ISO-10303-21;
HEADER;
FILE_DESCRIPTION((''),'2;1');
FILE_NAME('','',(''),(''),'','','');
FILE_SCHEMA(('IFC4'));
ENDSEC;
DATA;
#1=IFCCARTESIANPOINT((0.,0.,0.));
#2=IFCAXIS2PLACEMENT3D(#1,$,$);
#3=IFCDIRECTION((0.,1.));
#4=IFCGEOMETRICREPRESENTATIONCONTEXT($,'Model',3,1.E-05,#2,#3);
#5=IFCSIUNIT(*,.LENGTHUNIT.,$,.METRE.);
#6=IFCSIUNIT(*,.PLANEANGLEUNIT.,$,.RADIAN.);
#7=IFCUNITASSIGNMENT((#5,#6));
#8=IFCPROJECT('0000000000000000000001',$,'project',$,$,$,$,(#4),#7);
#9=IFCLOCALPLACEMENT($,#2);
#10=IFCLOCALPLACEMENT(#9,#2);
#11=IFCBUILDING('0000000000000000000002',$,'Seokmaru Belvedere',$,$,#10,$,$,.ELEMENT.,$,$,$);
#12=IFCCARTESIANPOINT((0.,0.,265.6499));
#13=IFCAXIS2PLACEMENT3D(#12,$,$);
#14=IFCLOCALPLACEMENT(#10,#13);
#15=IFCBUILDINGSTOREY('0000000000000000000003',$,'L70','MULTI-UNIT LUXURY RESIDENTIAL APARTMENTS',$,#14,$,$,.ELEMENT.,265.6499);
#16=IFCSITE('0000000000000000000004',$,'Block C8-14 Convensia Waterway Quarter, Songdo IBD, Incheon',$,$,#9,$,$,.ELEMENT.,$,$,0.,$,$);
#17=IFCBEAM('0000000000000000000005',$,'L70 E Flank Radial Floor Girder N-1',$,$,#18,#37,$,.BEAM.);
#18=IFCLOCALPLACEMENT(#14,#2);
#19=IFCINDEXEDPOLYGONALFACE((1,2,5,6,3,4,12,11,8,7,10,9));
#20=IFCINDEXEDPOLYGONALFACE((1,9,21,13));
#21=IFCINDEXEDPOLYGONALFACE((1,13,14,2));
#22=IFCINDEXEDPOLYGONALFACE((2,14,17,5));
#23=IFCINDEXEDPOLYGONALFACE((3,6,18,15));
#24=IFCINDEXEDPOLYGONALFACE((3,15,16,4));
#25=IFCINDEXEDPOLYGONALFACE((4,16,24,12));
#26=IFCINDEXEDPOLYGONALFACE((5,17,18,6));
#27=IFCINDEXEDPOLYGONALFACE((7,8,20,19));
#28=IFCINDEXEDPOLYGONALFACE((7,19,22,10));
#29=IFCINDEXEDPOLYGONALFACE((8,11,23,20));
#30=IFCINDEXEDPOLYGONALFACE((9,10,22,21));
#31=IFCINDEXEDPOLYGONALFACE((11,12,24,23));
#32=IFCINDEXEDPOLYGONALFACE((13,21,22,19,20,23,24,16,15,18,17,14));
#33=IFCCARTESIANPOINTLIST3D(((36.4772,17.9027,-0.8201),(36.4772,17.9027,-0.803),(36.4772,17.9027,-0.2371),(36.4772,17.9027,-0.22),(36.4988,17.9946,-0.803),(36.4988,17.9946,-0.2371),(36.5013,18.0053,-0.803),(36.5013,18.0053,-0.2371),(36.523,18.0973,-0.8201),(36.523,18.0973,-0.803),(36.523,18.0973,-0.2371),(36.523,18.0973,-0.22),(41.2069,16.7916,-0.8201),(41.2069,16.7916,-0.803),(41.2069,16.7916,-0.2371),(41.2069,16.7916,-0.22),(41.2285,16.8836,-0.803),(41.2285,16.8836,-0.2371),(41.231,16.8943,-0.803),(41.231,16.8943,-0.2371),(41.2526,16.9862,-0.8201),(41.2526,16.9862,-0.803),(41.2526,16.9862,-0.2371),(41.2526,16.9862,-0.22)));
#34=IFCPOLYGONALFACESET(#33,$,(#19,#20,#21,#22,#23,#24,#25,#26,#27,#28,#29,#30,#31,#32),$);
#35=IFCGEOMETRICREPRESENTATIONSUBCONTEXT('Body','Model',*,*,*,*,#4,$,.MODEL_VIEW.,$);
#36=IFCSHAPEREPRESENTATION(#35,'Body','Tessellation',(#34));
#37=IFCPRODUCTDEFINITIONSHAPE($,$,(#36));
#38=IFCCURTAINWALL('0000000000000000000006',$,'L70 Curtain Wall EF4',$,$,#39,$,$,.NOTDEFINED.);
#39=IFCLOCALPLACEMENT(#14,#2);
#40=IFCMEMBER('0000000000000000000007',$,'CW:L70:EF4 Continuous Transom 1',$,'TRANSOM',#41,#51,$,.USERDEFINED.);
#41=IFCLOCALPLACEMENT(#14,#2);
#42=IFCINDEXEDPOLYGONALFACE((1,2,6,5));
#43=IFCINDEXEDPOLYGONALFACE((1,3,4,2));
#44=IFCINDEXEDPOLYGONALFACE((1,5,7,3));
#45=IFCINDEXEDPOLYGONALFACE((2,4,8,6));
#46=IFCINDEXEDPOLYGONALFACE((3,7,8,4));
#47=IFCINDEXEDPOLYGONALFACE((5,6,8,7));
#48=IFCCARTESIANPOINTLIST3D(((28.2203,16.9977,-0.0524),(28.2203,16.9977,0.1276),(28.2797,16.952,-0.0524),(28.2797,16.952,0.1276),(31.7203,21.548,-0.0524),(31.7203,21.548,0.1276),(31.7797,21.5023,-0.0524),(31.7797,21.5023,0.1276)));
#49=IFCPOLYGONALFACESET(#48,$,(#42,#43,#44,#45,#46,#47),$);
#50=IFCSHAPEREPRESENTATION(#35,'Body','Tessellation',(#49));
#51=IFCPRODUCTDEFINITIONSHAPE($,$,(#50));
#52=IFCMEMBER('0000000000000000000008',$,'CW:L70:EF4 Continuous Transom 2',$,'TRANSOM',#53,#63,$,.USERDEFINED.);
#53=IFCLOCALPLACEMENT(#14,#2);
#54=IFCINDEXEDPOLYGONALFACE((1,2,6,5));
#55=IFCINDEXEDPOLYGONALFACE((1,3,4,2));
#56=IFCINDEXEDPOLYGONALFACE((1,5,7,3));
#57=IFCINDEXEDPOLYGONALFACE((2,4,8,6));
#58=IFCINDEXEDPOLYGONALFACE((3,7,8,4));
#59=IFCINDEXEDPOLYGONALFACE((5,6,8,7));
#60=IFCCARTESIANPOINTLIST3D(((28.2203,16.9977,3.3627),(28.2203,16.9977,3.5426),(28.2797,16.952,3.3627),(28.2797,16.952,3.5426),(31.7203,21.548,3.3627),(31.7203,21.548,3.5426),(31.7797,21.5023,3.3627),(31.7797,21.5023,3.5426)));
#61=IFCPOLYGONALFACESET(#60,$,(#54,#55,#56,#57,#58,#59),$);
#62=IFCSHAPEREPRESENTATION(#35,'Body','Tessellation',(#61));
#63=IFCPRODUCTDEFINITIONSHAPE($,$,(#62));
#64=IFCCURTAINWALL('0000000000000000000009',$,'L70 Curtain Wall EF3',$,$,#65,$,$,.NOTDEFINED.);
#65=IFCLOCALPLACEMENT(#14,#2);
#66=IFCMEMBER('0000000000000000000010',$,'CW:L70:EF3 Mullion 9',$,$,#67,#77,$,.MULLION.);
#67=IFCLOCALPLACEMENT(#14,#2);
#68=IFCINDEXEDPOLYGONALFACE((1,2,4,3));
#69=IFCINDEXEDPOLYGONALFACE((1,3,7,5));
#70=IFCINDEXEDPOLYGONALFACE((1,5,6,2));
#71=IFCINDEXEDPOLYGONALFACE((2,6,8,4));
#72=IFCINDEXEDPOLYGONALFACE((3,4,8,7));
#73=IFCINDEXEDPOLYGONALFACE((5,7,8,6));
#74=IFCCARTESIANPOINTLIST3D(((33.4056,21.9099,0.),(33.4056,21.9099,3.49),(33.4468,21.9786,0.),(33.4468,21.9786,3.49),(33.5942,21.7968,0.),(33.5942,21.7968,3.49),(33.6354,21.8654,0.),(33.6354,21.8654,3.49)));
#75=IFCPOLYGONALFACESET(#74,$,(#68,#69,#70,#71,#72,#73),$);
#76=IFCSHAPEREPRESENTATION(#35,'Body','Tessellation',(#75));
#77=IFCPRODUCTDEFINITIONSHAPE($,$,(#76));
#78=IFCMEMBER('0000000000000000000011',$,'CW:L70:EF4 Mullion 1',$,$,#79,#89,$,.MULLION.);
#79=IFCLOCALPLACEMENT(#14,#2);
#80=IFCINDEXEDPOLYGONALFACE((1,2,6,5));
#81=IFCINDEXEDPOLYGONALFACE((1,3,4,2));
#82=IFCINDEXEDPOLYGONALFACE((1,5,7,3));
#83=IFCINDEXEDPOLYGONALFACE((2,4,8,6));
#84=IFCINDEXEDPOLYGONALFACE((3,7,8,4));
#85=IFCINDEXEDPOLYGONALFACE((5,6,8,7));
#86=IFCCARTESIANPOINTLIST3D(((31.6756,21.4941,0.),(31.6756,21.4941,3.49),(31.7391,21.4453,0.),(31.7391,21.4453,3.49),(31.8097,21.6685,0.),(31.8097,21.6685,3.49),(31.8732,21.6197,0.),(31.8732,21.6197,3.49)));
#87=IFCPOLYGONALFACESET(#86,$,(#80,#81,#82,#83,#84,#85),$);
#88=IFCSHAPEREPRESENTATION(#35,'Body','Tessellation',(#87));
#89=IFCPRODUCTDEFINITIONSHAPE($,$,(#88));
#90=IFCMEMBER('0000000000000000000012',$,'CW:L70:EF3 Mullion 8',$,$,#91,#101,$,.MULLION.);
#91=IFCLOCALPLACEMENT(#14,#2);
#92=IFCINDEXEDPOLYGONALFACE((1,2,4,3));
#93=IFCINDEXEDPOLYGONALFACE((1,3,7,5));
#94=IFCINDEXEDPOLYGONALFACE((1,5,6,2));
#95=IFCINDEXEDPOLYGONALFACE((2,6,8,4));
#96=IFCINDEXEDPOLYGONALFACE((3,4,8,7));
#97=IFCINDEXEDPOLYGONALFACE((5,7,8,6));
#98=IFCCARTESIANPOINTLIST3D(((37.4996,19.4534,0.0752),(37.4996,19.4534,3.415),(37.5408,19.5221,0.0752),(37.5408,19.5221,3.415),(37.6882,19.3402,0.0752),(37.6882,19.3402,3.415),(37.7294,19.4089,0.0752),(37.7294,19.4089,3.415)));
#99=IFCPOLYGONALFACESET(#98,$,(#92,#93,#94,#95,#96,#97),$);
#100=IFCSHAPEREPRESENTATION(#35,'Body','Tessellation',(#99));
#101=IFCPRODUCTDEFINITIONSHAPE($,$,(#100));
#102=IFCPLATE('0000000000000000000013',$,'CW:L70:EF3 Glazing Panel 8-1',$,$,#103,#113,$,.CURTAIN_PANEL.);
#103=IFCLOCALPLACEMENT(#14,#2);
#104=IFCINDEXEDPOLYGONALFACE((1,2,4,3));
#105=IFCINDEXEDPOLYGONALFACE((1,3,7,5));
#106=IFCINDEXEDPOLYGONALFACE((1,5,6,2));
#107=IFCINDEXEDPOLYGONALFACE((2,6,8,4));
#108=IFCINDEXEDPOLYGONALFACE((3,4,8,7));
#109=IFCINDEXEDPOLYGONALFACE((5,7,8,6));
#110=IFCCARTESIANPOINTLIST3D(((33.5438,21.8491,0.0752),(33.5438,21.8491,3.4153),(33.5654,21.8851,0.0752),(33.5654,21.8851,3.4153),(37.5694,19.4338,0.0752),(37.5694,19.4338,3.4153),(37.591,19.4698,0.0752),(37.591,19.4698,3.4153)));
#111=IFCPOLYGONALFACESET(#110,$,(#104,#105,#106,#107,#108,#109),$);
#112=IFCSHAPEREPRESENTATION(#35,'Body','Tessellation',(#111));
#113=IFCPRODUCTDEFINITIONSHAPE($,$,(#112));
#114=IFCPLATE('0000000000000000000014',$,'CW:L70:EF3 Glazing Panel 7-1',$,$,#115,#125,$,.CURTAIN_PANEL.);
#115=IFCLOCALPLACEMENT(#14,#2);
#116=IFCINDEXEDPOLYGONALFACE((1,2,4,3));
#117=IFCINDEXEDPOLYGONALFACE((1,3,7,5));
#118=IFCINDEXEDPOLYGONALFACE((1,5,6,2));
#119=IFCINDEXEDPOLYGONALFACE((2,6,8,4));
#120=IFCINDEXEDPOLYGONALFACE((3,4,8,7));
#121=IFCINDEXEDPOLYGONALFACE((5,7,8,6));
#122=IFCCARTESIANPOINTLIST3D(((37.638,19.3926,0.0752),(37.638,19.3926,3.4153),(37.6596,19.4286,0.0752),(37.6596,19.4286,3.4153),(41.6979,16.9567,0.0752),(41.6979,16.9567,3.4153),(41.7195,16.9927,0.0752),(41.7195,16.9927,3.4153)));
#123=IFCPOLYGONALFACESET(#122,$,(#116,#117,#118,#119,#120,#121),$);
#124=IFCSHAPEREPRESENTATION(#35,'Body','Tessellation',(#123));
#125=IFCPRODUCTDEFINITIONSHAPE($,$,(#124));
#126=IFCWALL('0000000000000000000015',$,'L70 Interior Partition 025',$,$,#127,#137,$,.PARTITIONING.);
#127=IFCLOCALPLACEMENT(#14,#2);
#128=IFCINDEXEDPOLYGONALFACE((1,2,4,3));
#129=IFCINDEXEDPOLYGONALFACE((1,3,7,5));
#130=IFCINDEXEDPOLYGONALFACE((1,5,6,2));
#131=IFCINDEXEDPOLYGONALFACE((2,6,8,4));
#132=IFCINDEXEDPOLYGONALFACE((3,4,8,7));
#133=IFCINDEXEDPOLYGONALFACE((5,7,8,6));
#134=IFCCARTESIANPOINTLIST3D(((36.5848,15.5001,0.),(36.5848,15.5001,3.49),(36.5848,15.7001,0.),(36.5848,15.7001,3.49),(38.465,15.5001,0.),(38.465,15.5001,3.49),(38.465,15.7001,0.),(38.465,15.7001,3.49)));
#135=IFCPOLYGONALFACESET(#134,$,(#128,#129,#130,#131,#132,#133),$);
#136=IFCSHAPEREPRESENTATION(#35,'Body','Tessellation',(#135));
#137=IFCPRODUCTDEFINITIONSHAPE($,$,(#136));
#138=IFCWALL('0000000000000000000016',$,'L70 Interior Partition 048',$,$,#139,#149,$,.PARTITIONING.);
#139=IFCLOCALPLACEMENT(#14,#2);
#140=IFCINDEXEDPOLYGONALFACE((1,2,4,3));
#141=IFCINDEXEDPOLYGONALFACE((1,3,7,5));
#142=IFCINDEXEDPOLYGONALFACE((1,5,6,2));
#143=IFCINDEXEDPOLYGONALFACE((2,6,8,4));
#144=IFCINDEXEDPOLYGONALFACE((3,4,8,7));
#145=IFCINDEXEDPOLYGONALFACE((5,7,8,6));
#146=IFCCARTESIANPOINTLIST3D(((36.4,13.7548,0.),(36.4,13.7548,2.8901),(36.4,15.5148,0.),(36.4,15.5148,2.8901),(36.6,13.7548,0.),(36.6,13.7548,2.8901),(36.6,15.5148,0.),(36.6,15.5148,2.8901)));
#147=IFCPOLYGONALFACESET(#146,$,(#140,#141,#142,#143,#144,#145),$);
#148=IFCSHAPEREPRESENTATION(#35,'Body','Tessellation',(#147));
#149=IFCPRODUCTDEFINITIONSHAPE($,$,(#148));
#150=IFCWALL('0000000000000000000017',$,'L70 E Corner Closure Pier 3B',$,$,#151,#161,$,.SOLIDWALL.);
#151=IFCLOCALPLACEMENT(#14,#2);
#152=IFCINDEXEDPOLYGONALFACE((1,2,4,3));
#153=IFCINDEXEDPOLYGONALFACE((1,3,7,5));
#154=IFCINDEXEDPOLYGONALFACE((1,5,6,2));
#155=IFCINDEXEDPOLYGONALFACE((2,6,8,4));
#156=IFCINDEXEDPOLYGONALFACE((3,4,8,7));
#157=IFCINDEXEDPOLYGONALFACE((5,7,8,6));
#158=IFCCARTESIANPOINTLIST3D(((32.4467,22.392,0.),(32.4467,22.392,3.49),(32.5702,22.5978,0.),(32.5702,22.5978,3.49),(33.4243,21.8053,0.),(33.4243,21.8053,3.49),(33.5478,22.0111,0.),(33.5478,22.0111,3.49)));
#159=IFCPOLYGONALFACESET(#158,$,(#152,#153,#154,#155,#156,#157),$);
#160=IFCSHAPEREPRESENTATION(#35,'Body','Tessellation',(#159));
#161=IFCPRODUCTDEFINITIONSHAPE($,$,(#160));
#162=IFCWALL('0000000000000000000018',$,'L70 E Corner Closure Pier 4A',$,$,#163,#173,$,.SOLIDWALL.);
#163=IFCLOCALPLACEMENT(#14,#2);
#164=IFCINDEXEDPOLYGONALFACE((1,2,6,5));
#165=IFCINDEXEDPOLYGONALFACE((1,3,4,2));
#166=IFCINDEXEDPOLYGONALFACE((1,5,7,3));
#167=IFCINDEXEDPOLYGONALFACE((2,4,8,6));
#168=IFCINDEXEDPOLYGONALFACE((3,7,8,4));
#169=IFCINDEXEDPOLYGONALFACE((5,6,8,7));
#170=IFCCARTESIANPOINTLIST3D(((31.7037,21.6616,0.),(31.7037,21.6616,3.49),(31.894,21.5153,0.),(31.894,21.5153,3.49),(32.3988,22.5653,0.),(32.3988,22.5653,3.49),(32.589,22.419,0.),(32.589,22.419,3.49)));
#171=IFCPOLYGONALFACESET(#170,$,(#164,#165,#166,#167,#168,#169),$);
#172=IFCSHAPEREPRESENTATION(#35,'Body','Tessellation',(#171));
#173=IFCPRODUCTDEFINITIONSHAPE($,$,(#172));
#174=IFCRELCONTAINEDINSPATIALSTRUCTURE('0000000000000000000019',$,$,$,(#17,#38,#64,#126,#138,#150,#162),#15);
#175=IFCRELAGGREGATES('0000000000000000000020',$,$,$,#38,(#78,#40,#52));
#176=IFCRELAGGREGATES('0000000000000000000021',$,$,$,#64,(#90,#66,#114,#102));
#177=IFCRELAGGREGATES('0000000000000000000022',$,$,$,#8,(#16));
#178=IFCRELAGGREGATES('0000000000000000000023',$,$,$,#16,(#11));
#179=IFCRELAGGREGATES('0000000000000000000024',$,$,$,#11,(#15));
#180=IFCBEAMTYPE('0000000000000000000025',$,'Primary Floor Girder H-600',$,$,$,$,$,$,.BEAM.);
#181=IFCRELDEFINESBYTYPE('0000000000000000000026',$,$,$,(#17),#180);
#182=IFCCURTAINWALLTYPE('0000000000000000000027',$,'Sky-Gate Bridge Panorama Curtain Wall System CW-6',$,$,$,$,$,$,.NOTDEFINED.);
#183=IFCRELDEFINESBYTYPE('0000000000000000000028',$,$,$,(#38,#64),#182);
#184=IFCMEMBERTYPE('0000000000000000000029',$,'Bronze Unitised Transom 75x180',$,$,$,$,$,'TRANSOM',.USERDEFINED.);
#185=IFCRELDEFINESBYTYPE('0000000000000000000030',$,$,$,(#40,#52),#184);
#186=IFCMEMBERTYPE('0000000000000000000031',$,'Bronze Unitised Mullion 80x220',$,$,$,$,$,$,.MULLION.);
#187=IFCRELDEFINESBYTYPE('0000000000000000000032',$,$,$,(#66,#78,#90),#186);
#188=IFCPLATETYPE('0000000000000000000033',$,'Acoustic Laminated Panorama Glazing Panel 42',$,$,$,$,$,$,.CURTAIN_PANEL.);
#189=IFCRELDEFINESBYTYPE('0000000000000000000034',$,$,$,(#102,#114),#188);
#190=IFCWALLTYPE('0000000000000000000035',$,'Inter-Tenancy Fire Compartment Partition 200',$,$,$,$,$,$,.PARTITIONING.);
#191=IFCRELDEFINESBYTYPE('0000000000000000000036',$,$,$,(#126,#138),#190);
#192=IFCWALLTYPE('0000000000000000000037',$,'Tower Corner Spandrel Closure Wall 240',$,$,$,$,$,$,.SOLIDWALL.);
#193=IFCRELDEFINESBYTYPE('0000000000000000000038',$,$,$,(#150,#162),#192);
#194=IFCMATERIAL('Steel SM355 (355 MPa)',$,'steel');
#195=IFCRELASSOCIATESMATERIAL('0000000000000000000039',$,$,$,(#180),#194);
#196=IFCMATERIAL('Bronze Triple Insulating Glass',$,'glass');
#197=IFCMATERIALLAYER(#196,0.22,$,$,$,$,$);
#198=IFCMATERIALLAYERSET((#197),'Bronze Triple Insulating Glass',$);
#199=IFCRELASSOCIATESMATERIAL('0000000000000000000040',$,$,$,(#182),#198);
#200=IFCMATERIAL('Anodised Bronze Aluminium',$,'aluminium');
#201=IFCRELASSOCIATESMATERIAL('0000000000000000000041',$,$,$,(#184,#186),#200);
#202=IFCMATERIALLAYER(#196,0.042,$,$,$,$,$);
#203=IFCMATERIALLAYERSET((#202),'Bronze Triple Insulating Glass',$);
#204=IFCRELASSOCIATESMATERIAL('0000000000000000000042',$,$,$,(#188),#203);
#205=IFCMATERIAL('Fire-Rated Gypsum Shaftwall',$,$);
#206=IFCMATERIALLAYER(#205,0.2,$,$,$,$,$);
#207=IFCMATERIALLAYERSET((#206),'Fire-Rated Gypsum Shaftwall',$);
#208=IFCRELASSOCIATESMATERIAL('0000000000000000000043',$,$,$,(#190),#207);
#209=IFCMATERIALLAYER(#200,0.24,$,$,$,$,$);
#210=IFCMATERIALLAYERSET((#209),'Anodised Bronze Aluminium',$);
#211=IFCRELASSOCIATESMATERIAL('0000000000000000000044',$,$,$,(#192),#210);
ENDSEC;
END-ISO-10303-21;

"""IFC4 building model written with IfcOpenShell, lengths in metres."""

from ifc_helpers import new_model, si_unit, direction, frame, frame_2d, origin, origin_2d, place, context, subcontext, project, spatial, rectangle, i_section, extrude, source, transform, mapped, material, layer, layer_set, material_profile, profile_set, type_object, type_shapes, element, aggregate, save


model = new_model("IFC4")

# Units and contexts
model_context = context("Model", 3, precision=1e-05, world=origin(), true_north=direction((0.0, 1.0)))
body_context = subcontext(model_context, "Body", "Model", "MODEL_VIEW")
ifc_project = project(units=[si_unit("LENGTHUNIT", "METRE"), si_unit("PLANEANGLEUNIT", "RADIAN")], contexts=[model_context])

# Site, building, storey
site_placement = place(None, origin())
site = spatial("IfcSite", under=ifc_project, at=site_placement, Name="Block C8-14 Convensia Waterway Quarter, Songdo IBD, Incheon", CompositionType="ELEMENT", RefElevation=0.0)
building_placement = place(site_placement, origin())
building = spatial("IfcBuilding", under=site, at=building_placement, Name="Seokmaru Belvedere", CompositionType="ELEMENT")
storey_placement = place(building_placement, frame((0.0, 0.0, 265.6499)))
storey = spatial("IfcBuildingStorey", under=building, at=storey_placement, Name="L70", Description="MULTI-UNIT LUXURY RESIDENTIAL APARTMENTS", CompositionType="ELEMENT", Elevation=265.6499)

# Shared definitions
ifc_material_1 = material(Name="Steel SM355 (355 MPa)", Category="steel")

# Beam
ifc_material_profile_1 = material_profile(ifc_material_1, i_section(OverallWidth=0.2, OverallDepth=0.6001, WebThickness=0.011, FlangeThickness=0.0171, at=origin_2d()), Name="H-600x200x11x17")
ifc_profile_set_1 = profile_set([ifc_material_profile_1], Name="Steel SM355 (355 MPa)")
beam_type_1 = type_object("IfcBeamType", Name="Primary Floor Girder H-600", PredefinedType="BEAM", material=ifc_profile_set_1)
shared_shape_1 = source(origin(), body_context, "Body", "SweptSolid", [
    extrude(i_section(OverallWidth=0.2, OverallDepth=0.6001, WebThickness=0.011, FlangeThickness=0.0171, at=origin_2d()), origin(), (0.0, 0.0, 1.0), 4.8584),
])
beam_1_placement = place(storey_placement, frame((41.2297, 16.8889, -0.52), z_axis=(-0.973499, 0.228689, 0.0), x_axis=(-0.228689, -0.973499, 0.0)))
element("IfcBeam", 1, at=beam_1_placement, inside=storey, type_object=beam_type_1, Name="L70 E Flank Radial Floor Girder N-1", PredefinedType="BEAM", context=body_context, shape_type="MappedRepresentation", body=[
    mapped(shared_shape_1, transform((0.0, 0.0, 0.0), scale=1.0)),
])

# Curtain wall, members
ifc_material_2 = material(Name="Bronze Triple Insulating Glass", Category="glass")
ifc_layer_1 = layer(ifc_material_2, 0.22)
ifc_layer_set_1 = layer_set([ifc_layer_1], Name="Bronze Triple Insulating Glass")
curtain_wall_type = type_object("IfcCurtainWallType", Name="Sky-Gate Bridge Panorama Curtain Wall System CW-6", PredefinedType="NOTDEFINED", material=ifc_layer_set_1)
curtain_wall_1_placement = place(storey_placement, origin())
curtain_wall_1 = element("IfcCurtainWall", 2, at=curtain_wall_1_placement, inside=storey, type_object=curtain_wall_type, Name="L70 Curtain Wall EF4", PredefinedType="NOTDEFINED")
ifc_material_3 = material(Name="Anodised Bronze Aluminium", Category="aluminium")
ifc_material_profile_2 = material_profile(ifc_material_3, rectangle(XDim=0.075, YDim=0.1799, at=origin_2d()), Name="CW-T-75x180")
ifc_profile_set_2 = profile_set([ifc_material_profile_2], Name="Anodised Bronze Aluminium")
member_type_1 = type_object("IfcMemberType", Name="Bronze Unitised Transom 75x180", ElementType="TRANSOM", PredefinedType="USERDEFINED", material=ifc_profile_set_2)
shared_shape_2 = source(origin(), body_context, "Body", "SweptSolid", [
    extrude(rectangle(XDim=0.075, YDim=0.1799, at=origin_2d()), origin(), (0.0, 0.0, 1.0), 5.7407),
])
type_shapes(member_type_1, [shared_shape_2])
member_1_placement = place(storey_placement, frame((31.75, 21.5251, 0.0376), z_axis=(-0.609686, -0.792643, 0.0), x_axis=(0.792643, -0.609686, 0.0)))
member_1 = element("IfcMember", 3, at=member_1_placement, type_object=member_type_1, Name="CW:L70:EF4 Continuous Transom 1", ObjectType="TRANSOM", PredefinedType="USERDEFINED", context=body_context, shape_type="MappedRepresentation", body=[
    mapped(shared_shape_2, transform((0.0, 0.0, 0.0), scale=1.0)),
])
member_2_placement = place(storey_placement, frame((31.75, 21.5251, 3.4526), z_axis=(-0.609686, -0.792643, 0.0), x_axis=(0.792643, -0.609686, 0.0)))
member_2 = element("IfcMember", 4, at=member_2_placement, type_object=member_type_1, Name="CW:L70:EF4 Continuous Transom 2", ObjectType="TRANSOM", PredefinedType="USERDEFINED", context=body_context, shape_type="MappedRepresentation", body=[
    mapped(shared_shape_2, transform((0.0, 0.0, 0.0), scale=1.0)),
])

# Curtain wall, member
curtain_wall_2_placement = place(storey_placement, origin())
curtain_wall_2 = element("IfcCurtainWall", 5, at=curtain_wall_2_placement, inside=storey, type_object=curtain_wall_type, Name="L70 Curtain Wall EF3", PredefinedType="NOTDEFINED")
ifc_material_profile_3 = material_profile(ifc_material_3, rectangle(XDim=0.0801, YDim=0.22, at=origin_2d()), Name="CW-M-80x220")
ifc_profile_set_3 = profile_set([ifc_material_profile_3], Name="Anodised Bronze Aluminium")
member_type_2 = type_object("IfcMemberType", Name="Bronze Unitised Mullion 80x220", PredefinedType="MULLION", material=ifc_profile_set_3)
shared_shape_3 = source(origin(), body_context, "Body", "SweptSolid", [
    extrude(rectangle(XDim=0.0801, YDim=0.22, at=origin_2d()), origin(), (0.0, 0.0, 1.0), 3.49),
])
member_3_placement = place(storey_placement, frame((33.5205, 21.8877, 0.0), z_axis=(0.0, 0.0, 1.0), x_axis=(-0.514495, -0.857493, 0.0)))
member_3 = element("IfcMember", 6, at=member_3_placement, type_object=member_type_2, Name="CW:L70:EF3 Mullion 9", PredefinedType="MULLION", context=body_context, shape_type="MappedRepresentation", body=[
    mapped(shared_shape_3, transform((0.0, 0.0, 0.0), scale=1.0)),
])

# Members
member_4_placement = place(storey_placement, frame((31.7744, 21.5569, 0.0), z_axis=(0.0, 0.0, 1.0), x_axis=(0.792631, -0.609701, 0.0)))
member_4 = element("IfcMember", 7, at=member_4_placement, type_object=member_type_2, Name="CW:L70:EF4 Mullion 1", PredefinedType="MULLION", context=body_context, shape_type="MappedRepresentation", body=[
    mapped(shared_shape_3, transform((0.0, 0.0, 0.0), scale=1.0)),
])
aggregate(curtain_wall_1, [member_4, member_1, member_2])
shared_shape_4 = source(origin(), body_context, "Body", "SweptSolid", [
    extrude(rectangle(XDim=0.0801, YDim=0.22, at=origin_2d()), origin(), (0.0, 0.0, 1.0), 3.3398),
])
type_shapes(member_type_2, [shared_shape_3, shared_shape_4])
member_5_placement = place(storey_placement, frame((37.6145, 19.4312, 0.0752), z_axis=(0.0, 0.0, 1.0), x_axis=(-0.514495, -0.857493, 0.0)))
member_5 = element("IfcMember", 8, at=member_5_placement, type_object=member_type_2, Name="CW:L70:EF3 Mullion 8", PredefinedType="MULLION", context=body_context, shape_type="MappedRepresentation", body=[
    mapped(shared_shape_4, transform((0.0, 0.0, 0.0), scale=1.0)),
])

# Plates
ifc_layer_2 = layer(ifc_material_2, 0.042)
ifc_layer_set_2 = layer_set([ifc_layer_2], Name="Bronze Triple Insulating Glass")
plate_type = type_object("IfcPlateType", Name="Acoustic Laminated Panorama Glazing Panel 42", PredefinedType="CURTAIN_PANEL", material=ifc_layer_set_2)
shared_shape_5 = source(origin(), body_context, "Body", "SweptSolid", [
    extrude(rectangle(XDim=4.6946, YDim=0.042, at=origin_2d()), origin(), (0.0, 0.0, 1.0), 3.3401),
])
plate_1_placement = place(storey_placement, frame((35.5674, 20.6594, 0.0752), z_axis=(0.0, 0.0, 1.0), x_axis=(-0.857493, 0.514495, 0.0)))
plate_1 = element("IfcPlate", 9, at=plate_1_placement, type_object=plate_type, Name="CW:L70:EF3 Glazing Panel 8-1", PredefinedType="CURTAIN_PANEL", context=body_context, shape_type="MappedRepresentation", body=[
    mapped(shared_shape_5, transform((0.0, 0.0, 0.0), scale=1.0)),
])
shared_shape_6 = source(origin(), body_context, "Body", "SweptSolid", [
    extrude(rectangle(XDim=4.7346, YDim=0.042, at=origin_2d()), origin(), (0.0, 0.0, 1.0), 3.3401),
])
type_shapes(plate_type, [shared_shape_5, shared_shape_6])
plate_2_placement = place(storey_placement, frame((39.6787, 18.1926, 0.0752), z_axis=(0.0, 0.0, 1.0), x_axis=(-0.857493, 0.514495, 0.0)))
plate_2 = element("IfcPlate", 10, at=plate_2_placement, type_object=plate_type, Name="CW:L70:EF3 Glazing Panel 7-1", PredefinedType="CURTAIN_PANEL", context=body_context, shape_type="MappedRepresentation", body=[
    mapped(shared_shape_6, transform((0.0, 0.0, 0.0), scale=1.0)),
])
aggregate(curtain_wall_2, [member_5, member_3, plate_2, plate_1])

# Walls
ifc_material_4 = material(Name="Fire-Rated Gypsum Shaftwall")
ifc_layer_3 = layer(ifc_material_4, 0.2)
ifc_layer_set_3 = layer_set([ifc_layer_3], Name="Fire-Rated Gypsum Shaftwall")
wall_type_1 = type_object("IfcWallType", Name="Inter-Tenancy Fire Compartment Partition 200", PredefinedType="PARTITIONING", material=ifc_layer_set_3)
wall_1_placement = place(storey_placement, frame((36.585, 15.6001, 0.0), z_axis=(0.0, 0.0, 1.0), x_axis=(1.0, 0.0, 0.0)))
element("IfcWall", 11, at=wall_1_placement, inside=storey, type_object=wall_type_1, Name="L70 Interior Partition 025", PredefinedType="PARTITIONING", context=body_context, shape_type="SweptSolid", body=[
    extrude(rectangle(XDim=1.8801, YDim=0.2, at=frame_2d((0.9399, 0.0))), origin(), (0.0, 0.0, 1.0), 3.49),
])
wall_2_placement = place(storey_placement, frame((36.5, 13.7549, 0.0), z_axis=(0.0, 0.0, 1.0), x_axis=(0.0, 1.0, 0.0)))
element("IfcWall", 12, at=wall_2_placement, inside=storey, type_object=wall_type_1, Name="L70 Interior Partition 048", PredefinedType="PARTITIONING", context=body_context, shape_type="SweptSolid", body=[
    extrude(rectangle(XDim=1.76, YDim=0.2, at=frame_2d((0.8799, 0.0))), origin(), (0.0, 0.0, 1.0), 2.8901),
])
ifc_layer_4 = layer(ifc_material_3, 0.24)
ifc_layer_set_4 = layer_set([ifc_layer_4], Name="Anodised Bronze Aluminium")
wall_type_2 = type_object("IfcWallType", Name="Tower Corner Spandrel Closure Wall 240", PredefinedType="SOLIDWALL", material=ifc_layer_set_4)
for number, where, z_axis, x_axis, name in (
    (13, (33.4861, 21.9082, 0.0), (0.0, 0.0, 1.0), (-0.857436, 0.51459, 0.0), "L70 E Corner Closure Pier 3B"),
    (14, (32.4939, 22.4922, 0.0), (0.0, 0.0, 1.0), (-0.609618, -0.792696, 0.0), "L70 E Corner Closure Pier 4A"),
):
    element("IfcWall", number, at=place(storey_placement, frame(where, z_axis=z_axis, x_axis=x_axis)), inside=storey, type_object=wall_type_2, Name=name, PredefinedType="SOLIDWALL", context=body_context, shape_type="SweptSolid", body=[
        extrude(rectangle(XDim=1.1401, YDim=0.24, at=frame_2d((0.5701, 0.0))), origin(), (0.0, 0.0, 1.0), 3.49),
    ])

save(model, "model.ifc")
